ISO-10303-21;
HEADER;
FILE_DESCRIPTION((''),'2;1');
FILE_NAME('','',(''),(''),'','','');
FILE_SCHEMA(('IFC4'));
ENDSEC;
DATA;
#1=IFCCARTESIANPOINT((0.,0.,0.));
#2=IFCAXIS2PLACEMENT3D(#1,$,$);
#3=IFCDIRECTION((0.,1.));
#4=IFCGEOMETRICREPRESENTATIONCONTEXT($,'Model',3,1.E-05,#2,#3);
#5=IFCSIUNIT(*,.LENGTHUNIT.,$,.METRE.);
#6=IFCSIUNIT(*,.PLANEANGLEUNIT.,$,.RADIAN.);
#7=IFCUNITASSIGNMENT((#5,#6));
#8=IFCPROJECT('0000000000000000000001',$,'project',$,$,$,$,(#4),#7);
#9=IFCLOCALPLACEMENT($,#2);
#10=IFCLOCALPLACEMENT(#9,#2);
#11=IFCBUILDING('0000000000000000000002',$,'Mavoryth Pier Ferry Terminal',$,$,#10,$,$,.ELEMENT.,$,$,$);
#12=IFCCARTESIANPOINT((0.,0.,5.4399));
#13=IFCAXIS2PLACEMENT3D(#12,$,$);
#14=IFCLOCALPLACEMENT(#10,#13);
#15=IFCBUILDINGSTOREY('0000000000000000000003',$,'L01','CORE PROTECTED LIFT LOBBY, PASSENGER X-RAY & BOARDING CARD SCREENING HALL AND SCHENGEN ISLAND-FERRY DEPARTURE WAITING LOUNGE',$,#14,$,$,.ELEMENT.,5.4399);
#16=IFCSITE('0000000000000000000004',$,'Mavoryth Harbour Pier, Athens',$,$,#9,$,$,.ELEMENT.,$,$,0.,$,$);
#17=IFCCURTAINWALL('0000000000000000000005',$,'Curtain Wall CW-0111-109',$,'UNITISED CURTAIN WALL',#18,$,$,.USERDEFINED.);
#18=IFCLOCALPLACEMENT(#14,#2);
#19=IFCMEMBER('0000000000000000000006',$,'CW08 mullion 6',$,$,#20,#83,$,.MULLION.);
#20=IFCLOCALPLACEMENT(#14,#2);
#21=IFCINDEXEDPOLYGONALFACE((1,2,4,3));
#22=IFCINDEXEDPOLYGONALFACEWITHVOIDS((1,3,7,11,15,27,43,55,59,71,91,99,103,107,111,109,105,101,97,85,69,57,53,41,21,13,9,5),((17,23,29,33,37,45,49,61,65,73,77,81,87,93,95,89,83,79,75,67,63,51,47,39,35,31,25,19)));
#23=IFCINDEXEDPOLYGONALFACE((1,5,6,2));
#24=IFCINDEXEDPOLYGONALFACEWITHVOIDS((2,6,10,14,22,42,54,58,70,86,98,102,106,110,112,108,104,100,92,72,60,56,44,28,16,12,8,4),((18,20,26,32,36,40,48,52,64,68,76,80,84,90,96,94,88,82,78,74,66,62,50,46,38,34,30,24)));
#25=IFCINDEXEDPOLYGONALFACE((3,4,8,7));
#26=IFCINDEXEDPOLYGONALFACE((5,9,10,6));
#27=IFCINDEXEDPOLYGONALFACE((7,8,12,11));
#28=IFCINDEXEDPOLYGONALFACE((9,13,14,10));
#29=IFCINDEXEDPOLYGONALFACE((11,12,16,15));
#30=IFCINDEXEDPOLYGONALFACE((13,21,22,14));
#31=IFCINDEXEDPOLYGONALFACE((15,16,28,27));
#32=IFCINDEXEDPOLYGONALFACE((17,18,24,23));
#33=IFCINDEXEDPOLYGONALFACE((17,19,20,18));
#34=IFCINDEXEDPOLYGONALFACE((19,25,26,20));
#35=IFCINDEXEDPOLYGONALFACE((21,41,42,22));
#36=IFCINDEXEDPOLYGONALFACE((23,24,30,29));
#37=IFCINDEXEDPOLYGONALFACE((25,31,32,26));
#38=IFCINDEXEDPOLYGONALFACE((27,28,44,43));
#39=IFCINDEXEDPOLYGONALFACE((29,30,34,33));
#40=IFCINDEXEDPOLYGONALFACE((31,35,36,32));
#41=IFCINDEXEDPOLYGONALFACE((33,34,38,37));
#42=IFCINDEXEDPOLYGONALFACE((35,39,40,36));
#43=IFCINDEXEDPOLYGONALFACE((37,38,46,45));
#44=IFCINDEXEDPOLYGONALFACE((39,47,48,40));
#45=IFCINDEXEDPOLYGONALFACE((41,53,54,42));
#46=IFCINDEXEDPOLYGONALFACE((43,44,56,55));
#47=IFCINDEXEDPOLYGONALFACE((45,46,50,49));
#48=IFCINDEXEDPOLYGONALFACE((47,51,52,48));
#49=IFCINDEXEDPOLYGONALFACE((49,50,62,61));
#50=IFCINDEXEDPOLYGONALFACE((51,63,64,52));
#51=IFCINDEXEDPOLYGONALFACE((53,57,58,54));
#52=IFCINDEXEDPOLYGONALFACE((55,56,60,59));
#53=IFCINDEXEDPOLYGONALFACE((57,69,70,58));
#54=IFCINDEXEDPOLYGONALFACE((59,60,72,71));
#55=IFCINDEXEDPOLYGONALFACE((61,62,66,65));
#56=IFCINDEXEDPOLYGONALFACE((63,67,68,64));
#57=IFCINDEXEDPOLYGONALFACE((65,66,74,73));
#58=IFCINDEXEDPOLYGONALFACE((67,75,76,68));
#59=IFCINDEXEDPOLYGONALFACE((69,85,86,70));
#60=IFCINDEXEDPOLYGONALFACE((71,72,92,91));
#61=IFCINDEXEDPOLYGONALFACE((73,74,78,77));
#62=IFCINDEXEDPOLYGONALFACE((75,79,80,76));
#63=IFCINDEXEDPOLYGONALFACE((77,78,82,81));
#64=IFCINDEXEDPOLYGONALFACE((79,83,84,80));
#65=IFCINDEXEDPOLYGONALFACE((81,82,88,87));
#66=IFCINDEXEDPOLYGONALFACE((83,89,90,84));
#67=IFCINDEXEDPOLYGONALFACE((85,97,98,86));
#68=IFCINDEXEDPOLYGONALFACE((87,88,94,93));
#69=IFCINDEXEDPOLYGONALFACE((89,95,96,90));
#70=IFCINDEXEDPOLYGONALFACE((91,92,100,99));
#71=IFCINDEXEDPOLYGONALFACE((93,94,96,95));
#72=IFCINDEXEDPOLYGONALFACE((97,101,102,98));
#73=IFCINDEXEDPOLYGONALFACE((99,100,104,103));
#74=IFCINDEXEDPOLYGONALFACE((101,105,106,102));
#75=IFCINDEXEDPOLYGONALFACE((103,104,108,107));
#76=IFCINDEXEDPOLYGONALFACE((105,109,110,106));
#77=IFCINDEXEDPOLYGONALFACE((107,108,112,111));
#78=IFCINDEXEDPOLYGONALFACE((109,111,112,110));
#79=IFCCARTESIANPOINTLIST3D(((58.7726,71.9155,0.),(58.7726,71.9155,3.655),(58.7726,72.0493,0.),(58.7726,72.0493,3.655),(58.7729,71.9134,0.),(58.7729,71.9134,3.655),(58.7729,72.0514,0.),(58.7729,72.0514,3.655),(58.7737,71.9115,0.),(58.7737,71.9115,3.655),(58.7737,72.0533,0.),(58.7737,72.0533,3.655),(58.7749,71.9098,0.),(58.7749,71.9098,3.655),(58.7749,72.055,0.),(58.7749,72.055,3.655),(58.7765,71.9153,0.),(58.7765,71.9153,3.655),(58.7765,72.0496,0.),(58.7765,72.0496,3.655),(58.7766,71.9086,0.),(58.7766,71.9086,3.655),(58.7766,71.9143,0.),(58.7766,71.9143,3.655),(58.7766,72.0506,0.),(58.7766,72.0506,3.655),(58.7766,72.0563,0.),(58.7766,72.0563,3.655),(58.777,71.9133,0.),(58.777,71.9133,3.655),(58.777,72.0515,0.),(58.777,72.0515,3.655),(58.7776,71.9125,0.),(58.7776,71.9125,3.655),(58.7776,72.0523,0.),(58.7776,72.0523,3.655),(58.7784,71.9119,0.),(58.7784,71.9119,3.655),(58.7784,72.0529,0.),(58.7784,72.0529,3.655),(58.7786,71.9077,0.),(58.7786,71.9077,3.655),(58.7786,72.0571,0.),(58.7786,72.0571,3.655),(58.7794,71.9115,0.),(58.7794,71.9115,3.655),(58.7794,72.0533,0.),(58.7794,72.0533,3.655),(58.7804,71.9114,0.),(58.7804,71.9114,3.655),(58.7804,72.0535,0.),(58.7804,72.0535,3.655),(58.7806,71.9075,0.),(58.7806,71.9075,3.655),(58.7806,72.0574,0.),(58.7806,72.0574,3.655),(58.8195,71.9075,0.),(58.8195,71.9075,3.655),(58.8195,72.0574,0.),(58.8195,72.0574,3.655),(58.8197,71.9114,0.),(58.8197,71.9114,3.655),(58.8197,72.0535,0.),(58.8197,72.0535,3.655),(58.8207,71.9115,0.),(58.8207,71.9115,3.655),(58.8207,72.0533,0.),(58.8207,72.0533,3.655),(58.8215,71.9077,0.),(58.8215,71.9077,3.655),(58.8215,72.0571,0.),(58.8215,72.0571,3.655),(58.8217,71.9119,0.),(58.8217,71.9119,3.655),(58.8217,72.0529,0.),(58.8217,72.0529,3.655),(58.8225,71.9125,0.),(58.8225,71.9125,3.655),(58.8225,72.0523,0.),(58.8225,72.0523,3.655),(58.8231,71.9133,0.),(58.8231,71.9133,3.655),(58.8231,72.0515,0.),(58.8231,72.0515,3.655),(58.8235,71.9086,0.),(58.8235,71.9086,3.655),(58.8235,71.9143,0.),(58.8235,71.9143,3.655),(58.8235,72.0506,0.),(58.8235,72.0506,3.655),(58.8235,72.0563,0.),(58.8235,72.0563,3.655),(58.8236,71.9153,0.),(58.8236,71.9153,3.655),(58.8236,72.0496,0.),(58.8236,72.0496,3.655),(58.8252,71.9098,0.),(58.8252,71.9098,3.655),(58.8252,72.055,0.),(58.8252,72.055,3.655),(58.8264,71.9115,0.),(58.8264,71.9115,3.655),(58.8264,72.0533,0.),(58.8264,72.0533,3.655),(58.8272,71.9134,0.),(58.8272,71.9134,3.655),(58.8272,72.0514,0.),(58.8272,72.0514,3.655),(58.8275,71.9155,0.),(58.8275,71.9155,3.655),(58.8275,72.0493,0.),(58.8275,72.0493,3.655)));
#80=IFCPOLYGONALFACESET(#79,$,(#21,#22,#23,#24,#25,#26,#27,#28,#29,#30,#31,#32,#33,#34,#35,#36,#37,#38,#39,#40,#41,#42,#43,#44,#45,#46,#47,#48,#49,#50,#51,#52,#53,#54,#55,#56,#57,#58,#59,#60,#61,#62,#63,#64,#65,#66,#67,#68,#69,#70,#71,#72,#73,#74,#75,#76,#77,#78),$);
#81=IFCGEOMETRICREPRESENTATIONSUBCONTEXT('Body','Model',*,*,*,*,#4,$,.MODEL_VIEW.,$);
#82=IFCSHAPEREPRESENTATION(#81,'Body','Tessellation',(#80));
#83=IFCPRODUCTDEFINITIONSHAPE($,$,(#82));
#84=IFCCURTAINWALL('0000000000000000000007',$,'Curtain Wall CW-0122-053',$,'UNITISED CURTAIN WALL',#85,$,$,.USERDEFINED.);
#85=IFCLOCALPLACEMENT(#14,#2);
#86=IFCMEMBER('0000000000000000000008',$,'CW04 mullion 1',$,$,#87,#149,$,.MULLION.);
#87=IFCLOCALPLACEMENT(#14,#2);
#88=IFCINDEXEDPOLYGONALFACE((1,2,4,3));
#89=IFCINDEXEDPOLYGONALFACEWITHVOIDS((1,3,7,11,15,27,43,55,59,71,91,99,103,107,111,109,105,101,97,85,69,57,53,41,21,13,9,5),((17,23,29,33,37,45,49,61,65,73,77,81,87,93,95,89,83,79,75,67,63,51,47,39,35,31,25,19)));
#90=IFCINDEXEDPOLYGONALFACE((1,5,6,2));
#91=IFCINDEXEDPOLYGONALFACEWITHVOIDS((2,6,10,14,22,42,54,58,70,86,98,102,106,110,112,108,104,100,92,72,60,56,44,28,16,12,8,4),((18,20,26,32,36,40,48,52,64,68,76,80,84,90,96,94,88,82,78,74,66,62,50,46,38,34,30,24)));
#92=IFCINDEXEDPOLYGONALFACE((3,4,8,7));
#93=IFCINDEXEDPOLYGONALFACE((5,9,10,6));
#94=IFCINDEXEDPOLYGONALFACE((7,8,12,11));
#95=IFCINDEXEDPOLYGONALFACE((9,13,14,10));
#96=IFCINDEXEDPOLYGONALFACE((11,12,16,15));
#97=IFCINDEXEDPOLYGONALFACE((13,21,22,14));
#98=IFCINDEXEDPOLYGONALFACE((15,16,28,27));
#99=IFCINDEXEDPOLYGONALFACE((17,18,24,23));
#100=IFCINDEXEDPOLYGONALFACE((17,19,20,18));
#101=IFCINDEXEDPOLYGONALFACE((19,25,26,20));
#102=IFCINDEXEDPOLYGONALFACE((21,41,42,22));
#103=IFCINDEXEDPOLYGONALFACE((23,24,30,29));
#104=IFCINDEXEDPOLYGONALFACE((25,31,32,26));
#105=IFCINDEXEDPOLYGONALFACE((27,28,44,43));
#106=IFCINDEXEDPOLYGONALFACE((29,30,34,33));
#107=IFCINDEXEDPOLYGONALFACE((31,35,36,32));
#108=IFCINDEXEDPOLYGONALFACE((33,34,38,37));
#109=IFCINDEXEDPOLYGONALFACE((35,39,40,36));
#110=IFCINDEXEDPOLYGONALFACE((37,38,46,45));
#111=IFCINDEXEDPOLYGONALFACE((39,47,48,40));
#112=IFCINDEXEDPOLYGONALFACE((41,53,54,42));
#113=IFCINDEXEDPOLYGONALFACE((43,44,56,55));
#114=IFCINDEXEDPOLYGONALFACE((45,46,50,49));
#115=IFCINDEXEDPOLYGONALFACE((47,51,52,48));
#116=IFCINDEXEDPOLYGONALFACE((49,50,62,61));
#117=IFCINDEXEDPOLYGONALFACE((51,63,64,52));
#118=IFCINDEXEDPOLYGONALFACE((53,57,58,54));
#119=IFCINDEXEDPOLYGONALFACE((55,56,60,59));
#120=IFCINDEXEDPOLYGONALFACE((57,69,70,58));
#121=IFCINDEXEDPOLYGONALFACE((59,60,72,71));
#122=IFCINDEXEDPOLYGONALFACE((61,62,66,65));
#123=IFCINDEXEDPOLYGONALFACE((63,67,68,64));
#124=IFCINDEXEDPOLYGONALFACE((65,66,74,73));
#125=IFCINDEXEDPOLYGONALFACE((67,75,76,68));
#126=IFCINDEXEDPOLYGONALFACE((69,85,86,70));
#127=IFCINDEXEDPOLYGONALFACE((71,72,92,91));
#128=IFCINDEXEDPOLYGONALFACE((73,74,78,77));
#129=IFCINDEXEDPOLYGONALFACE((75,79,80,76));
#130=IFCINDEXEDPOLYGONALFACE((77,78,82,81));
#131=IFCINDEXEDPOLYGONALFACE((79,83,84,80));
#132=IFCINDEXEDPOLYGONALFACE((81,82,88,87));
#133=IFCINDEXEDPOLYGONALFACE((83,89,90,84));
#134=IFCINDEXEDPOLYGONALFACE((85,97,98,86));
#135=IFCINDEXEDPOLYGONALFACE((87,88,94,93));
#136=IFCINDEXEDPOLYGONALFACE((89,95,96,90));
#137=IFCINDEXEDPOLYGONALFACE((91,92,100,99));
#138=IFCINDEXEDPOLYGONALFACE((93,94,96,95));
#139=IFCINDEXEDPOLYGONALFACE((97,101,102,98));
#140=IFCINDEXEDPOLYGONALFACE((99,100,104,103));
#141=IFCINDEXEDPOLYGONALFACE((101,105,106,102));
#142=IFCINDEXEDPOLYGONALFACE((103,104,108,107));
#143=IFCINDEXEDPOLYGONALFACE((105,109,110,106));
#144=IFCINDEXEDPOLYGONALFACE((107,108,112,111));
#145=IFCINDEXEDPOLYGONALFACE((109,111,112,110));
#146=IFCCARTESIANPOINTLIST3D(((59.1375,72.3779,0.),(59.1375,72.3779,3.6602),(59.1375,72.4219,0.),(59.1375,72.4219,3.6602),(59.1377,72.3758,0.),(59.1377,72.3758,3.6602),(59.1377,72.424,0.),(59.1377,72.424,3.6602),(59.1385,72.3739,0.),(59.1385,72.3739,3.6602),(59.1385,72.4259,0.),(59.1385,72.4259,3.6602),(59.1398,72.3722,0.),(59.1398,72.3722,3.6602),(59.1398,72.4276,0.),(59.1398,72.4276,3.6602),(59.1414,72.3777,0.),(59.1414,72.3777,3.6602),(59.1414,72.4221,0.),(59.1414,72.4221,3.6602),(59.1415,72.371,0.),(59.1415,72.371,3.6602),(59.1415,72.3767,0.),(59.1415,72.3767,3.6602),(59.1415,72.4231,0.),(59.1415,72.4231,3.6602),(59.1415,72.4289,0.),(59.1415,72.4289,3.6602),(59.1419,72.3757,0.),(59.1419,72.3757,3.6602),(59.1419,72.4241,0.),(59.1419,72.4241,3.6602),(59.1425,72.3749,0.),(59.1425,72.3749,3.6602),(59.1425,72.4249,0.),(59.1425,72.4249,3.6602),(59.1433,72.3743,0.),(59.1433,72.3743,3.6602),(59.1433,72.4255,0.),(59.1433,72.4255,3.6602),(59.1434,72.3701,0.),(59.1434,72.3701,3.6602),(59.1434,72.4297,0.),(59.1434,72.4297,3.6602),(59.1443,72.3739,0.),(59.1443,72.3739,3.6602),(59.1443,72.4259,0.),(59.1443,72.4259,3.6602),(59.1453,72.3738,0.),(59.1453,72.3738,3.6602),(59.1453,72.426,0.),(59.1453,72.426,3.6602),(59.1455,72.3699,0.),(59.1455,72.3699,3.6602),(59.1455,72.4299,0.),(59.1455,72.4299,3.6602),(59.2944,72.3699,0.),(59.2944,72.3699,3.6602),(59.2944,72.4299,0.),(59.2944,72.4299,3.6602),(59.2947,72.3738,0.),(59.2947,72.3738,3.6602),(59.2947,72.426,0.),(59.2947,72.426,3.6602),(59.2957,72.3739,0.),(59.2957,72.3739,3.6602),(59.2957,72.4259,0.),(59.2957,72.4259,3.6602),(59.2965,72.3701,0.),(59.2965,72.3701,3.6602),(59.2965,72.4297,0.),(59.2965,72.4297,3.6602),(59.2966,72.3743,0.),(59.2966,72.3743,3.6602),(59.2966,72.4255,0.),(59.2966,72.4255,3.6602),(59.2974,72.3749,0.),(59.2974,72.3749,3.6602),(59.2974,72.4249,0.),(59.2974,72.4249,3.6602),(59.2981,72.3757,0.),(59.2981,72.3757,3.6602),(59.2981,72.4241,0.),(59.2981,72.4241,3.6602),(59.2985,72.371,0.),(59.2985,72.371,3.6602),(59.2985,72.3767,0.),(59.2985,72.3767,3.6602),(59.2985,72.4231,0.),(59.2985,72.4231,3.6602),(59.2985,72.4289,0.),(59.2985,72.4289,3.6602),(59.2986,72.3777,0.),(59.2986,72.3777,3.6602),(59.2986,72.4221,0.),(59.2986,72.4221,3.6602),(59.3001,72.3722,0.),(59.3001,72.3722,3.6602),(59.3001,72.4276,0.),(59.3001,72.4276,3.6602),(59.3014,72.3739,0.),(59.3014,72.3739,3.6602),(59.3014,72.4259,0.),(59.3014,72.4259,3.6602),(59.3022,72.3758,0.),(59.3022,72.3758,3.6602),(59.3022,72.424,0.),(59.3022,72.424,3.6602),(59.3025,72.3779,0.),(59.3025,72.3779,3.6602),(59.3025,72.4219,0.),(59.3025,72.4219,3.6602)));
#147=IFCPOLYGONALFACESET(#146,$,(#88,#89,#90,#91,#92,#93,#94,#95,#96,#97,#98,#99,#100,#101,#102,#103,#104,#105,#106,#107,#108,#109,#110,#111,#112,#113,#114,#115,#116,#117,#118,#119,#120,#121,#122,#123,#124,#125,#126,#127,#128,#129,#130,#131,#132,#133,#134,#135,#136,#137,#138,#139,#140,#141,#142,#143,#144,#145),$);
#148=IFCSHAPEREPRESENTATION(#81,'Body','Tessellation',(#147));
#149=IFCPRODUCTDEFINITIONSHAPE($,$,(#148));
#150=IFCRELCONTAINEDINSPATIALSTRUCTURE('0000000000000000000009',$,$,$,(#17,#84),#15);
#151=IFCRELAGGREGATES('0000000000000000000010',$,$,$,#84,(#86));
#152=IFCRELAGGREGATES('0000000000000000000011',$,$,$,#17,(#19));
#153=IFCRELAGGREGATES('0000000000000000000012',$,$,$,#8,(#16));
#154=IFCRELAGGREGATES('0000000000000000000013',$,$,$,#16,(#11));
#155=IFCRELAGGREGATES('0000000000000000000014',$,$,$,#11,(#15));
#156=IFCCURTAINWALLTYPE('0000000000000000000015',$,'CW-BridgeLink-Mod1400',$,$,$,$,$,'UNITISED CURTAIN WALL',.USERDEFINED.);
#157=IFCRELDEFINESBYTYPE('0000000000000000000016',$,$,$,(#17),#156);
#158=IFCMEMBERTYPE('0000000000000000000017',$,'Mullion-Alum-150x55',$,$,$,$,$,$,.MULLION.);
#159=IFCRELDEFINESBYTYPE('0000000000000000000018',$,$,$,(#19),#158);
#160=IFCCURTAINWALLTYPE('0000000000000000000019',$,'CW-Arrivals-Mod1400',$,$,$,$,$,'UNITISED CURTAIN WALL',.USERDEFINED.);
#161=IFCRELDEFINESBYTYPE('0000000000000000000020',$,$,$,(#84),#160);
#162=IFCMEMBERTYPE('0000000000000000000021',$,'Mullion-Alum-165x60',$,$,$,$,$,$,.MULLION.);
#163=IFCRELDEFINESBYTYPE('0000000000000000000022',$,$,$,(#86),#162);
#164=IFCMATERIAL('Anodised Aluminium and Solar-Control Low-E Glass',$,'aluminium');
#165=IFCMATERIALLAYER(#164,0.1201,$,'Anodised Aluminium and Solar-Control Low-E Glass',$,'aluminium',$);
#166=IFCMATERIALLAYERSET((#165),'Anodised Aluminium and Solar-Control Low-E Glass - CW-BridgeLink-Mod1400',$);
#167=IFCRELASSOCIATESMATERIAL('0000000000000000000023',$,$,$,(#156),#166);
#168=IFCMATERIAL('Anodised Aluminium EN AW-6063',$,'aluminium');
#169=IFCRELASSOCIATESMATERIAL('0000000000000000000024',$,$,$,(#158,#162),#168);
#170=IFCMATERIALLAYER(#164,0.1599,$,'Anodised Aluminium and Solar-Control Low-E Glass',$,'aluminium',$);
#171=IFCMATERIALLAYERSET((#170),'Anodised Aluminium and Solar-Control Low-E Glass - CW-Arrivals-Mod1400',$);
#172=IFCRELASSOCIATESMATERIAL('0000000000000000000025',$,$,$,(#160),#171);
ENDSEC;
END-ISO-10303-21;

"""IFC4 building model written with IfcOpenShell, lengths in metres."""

from ifc_helpers import new_model, si_unit, direction, frame, origin, origin_2d, place, context, subcontext, project, spatial, hollow_rectangle, extrude, material, layer, layer_set, material_profile, profile_set, type_object, element, aggregate, save


model = new_model("IFC4")

# Units and contexts
model_context = context("Model", 3, precision=1e-05, world=origin(), true_north=direction((0.0, 1.0)))
body_context = subcontext(model_context, "Body", "Model", "MODEL_VIEW")
ifc_project = project(units=[si_unit("LENGTHUNIT", "METRE"), si_unit("PLANEANGLEUNIT", "RADIAN")], contexts=[model_context])

# Site, building, storey
site_placement = place(None, origin())
site = spatial("IfcSite", under=ifc_project, at=site_placement, Name="Mavoryth Harbour Pier, Athens", CompositionType="ELEMENT", RefElevation=0.0)
building_placement = place(site_placement, origin())
building = spatial("IfcBuilding", under=site, at=building_placement, Name="Mavoryth Pier Ferry Terminal", CompositionType="ELEMENT")
storey_placement = place(building_placement, frame((0.0, 0.0, 5.4399)))
storey = spatial("IfcBuildingStorey", under=building, at=storey_placement, Name="L01", Description="CORE PROTECTED LIFT LOBBY, PASSENGER X-RAY & BOARDING CARD SCREENING HALL AND SCHENGEN ISLAND-FERRY DEPARTURE WAITING LOUNGE", CompositionType="ELEMENT", Elevation=5.4399)

# Curtain walls, members
ifc_material_1 = material(Name="Anodised Aluminium and Solar-Control Low-E Glass", Category="aluminium")
ifc_layer_1 = layer(ifc_material_1, 0.1201, Name="Anodised Aluminium and Solar-Control Low-E Glass", Category="aluminium")
ifc_layer_set_1 = layer_set([ifc_layer_1], Name="Anodised Aluminium and Solar-Control Low-E Glass - CW-BridgeLink-Mod1400")
curtain_wall_type_1 = type_object("IfcCurtainWallType", Name="CW-BridgeLink-Mod1400", ElementType="UNITISED CURTAIN WALL", PredefinedType="USERDEFINED", material=ifc_layer_set_1)
curtain_wall_1_placement = place(storey_placement, origin())
curtain_wall_1 = element("IfcCurtainWall", 1, at=curtain_wall_1_placement, inside=storey, type_object=curtain_wall_type_1, Name="Curtain Wall CW-0111-109", ObjectType="UNITISED CURTAIN WALL", PredefinedType="USERDEFINED")
ifc_material_2 = material(Name="Anodised Aluminium EN AW-6063", Category="aluminium")
ifc_material_profile_1 = material_profile(ifc_material_2, hollow_rectangle(XDim=0.0549, YDim=0.1499, WallThickness=0.0039, InnerFilletRadius=0.0039, OuterFilletRadius=0.0081, at=origin_2d()), Name="AL-MULL 150x55x4", Category="aluminium")
ifc_profile_set_1 = profile_set([ifc_material_profile_1], Name="Anodised Aluminium EN AW-6063 - AL-MULL 150x55x4")
member_type_1 = type_object("IfcMemberType", Name="Mullion-Alum-150x55", PredefinedType="MULLION", material=ifc_profile_set_1)
member_1_placement = place(storey_placement, frame((58.8, 71.9824, 0.0), z_axis=(0.0, 0.0, 1.0), x_axis=(-1.0, 0.0, 0.0)))
member_1 = element("IfcMember", 2, at=member_1_placement, type_object=member_type_1, Name="CW08 mullion 6", PredefinedType="MULLION", context=body_context, shape_type="SweptSolid", body=[
    extrude(hollow_rectangle(XDim=0.0549, YDim=0.1499, WallThickness=0.0039, InnerFilletRadius=0.0039, OuterFilletRadius=0.0081, at=origin_2d()), origin(), (0.0, 0.0, 1.0), 3.655),
])
ifc_layer_2 = layer(ifc_material_1, 0.1599, Name="Anodised Aluminium and Solar-Control Low-E Glass", Category="aluminium")
ifc_layer_set_2 = layer_set([ifc_layer_2], Name="Anodised Aluminium and Solar-Control Low-E Glass - CW-Arrivals-Mod1400")
curtain_wall_type_2 = type_object("IfcCurtainWallType", Name="CW-Arrivals-Mod1400", ElementType="UNITISED CURTAIN WALL", PredefinedType="USERDEFINED", material=ifc_layer_set_2)
curtain_wall_2_placement = place(storey_placement, origin())
curtain_wall_2 = element("IfcCurtainWall", 3, at=curtain_wall_2_placement, inside=storey, type_object=curtain_wall_type_2, Name="Curtain Wall CW-0122-053", ObjectType="UNITISED CURTAIN WALL", PredefinedType="USERDEFINED")
ifc_material_profile_2 = material_profile(ifc_material_2, hollow_rectangle(XDim=0.0601, YDim=0.165, WallThickness=0.0039, InnerFilletRadius=0.0039, OuterFilletRadius=0.0081, at=origin_2d()), Name="AL-MULL 165x60x4", Category="aluminium")
ifc_profile_set_2 = profile_set([ifc_material_profile_2], Name="Anodised Aluminium EN AW-6063 - AL-MULL 165x60x4")
member_type_2 = type_object("IfcMemberType", Name="Mullion-Alum-165x60", PredefinedType="MULLION", material=ifc_profile_set_2)
member_2_placement = place(storey_placement, frame((59.22, 72.3999, 0.0), z_axis=(0.0, 0.0, 1.0), x_axis=(0.0, 1.0, 0.0)))
member_2 = element("IfcMember", 4, at=member_2_placement, type_object=member_type_2, Name="CW04 mullion 1", PredefinedType="MULLION", context=body_context, shape_type="SweptSolid", body=[
    extrude(hollow_rectangle(XDim=0.0601, YDim=0.165, WallThickness=0.0039, InnerFilletRadius=0.0039, OuterFilletRadius=0.0081, at=origin_2d()), origin(), (0.0, 0.0, 1.0), 3.6602),
])

aggregate(curtain_wall_2, [member_2])
aggregate(curtain_wall_1, [member_1])

save(model, "model.ifc")
